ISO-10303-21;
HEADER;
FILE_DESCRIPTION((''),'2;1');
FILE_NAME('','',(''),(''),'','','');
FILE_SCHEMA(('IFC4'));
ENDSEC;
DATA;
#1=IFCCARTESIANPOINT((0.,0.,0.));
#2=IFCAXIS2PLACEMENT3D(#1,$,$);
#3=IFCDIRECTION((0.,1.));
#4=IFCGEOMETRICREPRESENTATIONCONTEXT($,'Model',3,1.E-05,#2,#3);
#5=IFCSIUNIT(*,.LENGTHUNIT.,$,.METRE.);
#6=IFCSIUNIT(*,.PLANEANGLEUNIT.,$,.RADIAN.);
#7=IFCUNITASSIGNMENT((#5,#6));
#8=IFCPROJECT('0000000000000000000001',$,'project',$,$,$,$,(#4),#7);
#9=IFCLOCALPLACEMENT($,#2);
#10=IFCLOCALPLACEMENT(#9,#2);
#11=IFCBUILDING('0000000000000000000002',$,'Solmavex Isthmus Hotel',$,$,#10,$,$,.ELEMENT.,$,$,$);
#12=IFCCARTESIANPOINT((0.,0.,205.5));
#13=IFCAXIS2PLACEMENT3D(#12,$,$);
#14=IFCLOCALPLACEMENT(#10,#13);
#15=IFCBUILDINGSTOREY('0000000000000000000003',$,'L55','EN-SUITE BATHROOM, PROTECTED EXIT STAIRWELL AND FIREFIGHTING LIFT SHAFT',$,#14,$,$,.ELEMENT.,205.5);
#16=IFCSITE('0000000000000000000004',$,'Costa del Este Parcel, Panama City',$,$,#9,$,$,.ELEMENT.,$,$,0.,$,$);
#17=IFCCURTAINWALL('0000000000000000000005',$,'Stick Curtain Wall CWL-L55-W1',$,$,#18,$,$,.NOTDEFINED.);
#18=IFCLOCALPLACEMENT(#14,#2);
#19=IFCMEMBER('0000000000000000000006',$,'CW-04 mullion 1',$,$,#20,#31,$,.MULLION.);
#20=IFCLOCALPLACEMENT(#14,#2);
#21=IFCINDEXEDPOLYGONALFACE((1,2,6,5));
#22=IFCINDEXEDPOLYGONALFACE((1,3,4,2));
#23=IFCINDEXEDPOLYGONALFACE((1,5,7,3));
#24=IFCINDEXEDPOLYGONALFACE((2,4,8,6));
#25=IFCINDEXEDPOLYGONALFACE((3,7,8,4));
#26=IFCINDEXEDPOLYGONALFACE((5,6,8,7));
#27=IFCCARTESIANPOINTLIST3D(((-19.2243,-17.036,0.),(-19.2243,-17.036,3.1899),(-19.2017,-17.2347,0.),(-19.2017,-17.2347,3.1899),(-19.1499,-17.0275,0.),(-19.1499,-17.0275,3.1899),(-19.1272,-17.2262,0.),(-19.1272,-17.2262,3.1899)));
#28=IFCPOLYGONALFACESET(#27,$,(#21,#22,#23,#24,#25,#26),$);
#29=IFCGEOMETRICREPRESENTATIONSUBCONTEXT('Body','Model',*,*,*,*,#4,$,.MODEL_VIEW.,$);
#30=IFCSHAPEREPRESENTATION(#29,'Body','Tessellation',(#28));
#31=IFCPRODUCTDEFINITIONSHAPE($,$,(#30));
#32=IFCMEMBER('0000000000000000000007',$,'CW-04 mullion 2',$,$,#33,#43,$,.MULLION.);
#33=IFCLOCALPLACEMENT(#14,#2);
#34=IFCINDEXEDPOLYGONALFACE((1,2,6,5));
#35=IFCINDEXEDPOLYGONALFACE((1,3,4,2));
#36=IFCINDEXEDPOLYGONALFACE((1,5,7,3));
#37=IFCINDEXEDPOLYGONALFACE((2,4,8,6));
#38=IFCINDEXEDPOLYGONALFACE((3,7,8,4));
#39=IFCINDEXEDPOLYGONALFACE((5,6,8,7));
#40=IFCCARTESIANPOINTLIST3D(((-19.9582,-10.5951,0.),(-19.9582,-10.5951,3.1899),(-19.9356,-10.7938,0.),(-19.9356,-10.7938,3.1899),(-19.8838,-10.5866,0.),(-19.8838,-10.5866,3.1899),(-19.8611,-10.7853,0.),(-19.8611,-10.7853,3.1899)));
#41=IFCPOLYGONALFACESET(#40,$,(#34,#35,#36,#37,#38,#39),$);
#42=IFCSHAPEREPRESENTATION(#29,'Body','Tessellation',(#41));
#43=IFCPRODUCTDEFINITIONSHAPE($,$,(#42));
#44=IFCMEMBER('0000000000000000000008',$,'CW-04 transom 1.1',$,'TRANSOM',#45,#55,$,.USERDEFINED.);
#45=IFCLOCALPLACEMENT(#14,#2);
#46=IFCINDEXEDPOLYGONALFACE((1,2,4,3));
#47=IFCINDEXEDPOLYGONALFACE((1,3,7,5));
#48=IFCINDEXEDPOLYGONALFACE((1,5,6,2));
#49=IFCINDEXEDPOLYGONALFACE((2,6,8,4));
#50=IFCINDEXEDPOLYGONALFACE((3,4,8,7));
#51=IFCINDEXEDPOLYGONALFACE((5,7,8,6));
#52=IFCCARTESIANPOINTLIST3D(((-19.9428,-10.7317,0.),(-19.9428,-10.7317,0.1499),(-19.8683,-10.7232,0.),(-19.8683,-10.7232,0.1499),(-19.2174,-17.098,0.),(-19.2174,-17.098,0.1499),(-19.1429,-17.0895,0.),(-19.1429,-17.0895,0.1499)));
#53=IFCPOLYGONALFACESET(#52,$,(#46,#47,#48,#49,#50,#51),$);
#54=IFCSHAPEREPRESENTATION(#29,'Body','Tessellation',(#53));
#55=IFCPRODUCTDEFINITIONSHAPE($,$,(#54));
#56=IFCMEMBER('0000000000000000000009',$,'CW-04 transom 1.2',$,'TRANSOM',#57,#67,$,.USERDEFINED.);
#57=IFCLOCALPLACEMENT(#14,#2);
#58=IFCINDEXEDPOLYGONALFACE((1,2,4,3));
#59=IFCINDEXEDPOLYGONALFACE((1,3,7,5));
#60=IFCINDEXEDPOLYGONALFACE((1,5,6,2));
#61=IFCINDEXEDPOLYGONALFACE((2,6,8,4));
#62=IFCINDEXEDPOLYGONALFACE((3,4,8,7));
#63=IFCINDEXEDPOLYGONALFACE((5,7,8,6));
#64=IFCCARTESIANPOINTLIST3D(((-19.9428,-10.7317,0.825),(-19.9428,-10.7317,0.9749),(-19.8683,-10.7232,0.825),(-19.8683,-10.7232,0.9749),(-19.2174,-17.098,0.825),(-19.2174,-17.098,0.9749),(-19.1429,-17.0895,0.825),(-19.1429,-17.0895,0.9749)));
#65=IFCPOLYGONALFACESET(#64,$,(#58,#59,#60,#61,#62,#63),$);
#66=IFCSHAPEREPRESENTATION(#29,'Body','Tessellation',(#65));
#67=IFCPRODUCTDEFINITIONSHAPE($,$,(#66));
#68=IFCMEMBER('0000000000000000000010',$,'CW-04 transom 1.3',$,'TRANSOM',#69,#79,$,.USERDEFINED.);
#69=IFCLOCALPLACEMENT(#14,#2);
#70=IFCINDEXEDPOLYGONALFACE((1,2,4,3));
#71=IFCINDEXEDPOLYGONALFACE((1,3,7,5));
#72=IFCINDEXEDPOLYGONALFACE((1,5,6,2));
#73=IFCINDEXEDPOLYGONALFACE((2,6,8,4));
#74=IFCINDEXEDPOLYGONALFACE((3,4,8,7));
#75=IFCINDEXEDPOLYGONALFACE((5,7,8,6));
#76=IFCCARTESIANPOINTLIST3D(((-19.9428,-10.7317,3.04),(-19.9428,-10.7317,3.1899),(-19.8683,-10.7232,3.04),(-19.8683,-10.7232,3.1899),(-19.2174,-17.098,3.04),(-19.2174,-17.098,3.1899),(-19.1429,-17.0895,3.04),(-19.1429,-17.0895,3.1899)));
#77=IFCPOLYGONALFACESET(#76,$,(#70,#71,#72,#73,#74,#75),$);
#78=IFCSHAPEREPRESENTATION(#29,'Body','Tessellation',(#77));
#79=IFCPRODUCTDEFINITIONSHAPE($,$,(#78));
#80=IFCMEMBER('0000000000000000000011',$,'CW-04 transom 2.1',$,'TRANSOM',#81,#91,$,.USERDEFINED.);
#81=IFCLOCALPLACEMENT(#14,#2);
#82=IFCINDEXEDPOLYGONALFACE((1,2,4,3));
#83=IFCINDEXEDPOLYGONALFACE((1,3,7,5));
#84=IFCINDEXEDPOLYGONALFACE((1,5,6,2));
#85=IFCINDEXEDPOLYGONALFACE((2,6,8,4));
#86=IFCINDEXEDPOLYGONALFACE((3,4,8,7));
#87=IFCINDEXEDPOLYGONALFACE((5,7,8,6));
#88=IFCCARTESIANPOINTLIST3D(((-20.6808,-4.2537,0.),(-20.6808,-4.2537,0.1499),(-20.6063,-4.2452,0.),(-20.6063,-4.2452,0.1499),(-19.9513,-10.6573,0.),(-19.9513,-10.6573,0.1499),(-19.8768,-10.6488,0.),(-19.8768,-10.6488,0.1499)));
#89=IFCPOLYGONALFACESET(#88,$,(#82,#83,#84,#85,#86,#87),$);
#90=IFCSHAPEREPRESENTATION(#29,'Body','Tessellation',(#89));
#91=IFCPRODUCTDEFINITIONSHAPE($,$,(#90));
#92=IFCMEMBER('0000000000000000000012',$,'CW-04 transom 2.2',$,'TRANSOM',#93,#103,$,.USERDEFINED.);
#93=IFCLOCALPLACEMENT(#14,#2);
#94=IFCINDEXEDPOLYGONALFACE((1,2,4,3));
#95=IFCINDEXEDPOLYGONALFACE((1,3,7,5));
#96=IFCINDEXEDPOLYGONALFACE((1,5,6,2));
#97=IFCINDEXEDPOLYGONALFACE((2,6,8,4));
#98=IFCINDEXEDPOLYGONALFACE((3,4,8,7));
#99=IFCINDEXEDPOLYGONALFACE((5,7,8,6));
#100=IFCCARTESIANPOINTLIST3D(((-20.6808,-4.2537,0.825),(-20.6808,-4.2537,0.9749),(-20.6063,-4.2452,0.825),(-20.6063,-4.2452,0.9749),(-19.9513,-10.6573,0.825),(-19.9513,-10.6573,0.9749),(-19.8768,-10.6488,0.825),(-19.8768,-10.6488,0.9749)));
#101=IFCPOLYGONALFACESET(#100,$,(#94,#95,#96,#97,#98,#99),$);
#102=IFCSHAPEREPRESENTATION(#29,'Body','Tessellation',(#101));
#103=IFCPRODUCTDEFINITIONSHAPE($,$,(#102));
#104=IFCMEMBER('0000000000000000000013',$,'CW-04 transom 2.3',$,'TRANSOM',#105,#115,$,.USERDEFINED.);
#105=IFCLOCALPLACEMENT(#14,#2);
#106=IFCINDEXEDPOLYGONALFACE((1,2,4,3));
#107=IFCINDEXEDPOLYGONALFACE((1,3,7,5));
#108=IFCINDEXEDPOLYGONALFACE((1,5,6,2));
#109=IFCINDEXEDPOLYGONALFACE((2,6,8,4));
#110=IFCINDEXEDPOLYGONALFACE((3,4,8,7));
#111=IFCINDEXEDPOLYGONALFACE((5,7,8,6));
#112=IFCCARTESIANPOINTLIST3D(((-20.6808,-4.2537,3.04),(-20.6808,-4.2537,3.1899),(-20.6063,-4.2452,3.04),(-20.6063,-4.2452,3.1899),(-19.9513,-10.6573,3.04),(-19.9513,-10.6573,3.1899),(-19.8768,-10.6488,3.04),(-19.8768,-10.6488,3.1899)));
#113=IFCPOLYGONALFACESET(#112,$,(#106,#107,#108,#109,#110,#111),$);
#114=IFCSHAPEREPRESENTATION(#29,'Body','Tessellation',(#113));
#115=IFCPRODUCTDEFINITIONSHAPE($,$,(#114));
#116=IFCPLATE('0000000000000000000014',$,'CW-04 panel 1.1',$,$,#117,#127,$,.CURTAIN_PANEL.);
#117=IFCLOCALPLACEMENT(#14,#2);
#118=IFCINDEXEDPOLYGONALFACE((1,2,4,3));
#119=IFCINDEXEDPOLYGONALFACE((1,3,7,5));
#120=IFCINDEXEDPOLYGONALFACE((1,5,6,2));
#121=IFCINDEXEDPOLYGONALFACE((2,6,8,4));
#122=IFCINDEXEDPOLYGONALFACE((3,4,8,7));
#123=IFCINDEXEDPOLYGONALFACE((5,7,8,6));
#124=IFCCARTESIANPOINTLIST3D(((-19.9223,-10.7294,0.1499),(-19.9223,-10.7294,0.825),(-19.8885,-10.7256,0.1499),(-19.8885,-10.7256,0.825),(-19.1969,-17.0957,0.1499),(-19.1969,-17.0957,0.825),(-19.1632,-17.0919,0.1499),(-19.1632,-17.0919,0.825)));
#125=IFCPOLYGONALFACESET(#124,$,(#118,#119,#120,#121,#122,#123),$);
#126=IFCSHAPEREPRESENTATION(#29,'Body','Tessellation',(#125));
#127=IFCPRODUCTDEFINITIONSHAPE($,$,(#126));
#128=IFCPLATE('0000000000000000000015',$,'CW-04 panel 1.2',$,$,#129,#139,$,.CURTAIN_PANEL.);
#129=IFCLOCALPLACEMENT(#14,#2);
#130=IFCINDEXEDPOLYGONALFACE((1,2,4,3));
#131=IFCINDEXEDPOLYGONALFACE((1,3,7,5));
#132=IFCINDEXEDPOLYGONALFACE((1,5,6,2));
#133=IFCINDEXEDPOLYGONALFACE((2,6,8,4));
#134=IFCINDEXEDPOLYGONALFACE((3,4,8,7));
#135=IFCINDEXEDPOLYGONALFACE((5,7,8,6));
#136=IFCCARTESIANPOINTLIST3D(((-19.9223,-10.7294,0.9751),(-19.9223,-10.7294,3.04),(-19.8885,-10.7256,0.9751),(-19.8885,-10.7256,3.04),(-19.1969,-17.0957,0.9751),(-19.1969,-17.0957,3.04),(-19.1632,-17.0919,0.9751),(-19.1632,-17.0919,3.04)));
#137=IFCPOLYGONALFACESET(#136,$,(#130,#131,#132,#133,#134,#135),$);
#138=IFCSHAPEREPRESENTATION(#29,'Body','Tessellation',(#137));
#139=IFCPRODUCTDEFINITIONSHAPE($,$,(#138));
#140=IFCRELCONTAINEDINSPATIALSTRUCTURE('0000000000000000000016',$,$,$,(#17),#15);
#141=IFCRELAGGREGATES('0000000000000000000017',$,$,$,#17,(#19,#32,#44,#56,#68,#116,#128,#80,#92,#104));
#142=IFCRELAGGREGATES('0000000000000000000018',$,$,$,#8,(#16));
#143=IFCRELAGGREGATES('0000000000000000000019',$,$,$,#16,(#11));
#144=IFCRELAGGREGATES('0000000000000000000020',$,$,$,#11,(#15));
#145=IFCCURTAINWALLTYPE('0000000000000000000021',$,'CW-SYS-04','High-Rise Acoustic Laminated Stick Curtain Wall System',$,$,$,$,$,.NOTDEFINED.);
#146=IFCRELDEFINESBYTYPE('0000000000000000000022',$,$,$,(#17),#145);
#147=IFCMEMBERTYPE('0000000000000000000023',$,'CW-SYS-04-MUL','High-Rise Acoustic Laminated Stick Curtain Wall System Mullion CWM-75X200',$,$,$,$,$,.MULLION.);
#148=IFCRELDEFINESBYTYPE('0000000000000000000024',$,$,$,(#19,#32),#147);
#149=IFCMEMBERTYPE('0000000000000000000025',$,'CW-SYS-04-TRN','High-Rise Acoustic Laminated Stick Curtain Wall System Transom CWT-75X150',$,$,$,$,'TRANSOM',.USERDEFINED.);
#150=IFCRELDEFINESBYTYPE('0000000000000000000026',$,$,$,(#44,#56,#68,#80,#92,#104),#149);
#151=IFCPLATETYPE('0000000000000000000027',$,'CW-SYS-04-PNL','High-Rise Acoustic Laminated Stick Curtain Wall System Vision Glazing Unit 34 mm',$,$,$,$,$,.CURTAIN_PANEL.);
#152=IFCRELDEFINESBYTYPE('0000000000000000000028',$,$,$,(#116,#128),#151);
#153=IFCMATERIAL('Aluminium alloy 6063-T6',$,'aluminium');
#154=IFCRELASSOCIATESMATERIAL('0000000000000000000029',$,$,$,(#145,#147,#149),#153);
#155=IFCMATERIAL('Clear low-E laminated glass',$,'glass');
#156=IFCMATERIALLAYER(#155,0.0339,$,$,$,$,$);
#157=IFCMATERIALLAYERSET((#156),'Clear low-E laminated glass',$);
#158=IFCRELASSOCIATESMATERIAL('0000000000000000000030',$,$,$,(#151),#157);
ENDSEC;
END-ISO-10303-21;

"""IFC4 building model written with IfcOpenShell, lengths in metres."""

from ifc_helpers import new_model, si_unit, direction, frame, origin, origin_2d, place, context, subcontext, project, spatial, rectangle, extrude, material, layer, layer_set, material_profile, profile_set, type_object, element, aggregate, save


model = new_model("IFC4")

# Units and contexts
model_context = context("Model", 3, precision=1e-05, world=origin(), true_north=direction((0.0, 1.0)))
body_context = subcontext(model_context, "Body", "Model", "MODEL_VIEW")
ifc_project = project(units=[si_unit("LENGTHUNIT", "METRE"), si_unit("PLANEANGLEUNIT", "RADIAN")], contexts=[model_context])

# Site, building, storey
site_placement = place(None, origin())
site = spatial("IfcSite", under=ifc_project, at=site_placement, Name="Costa del Este Parcel, Panama City", CompositionType="ELEMENT", RefElevation=0.0)
building_placement = place(site_placement, origin())
building = spatial("IfcBuilding", under=site, at=building_placement, Name="Solmavex Isthmus Hotel", CompositionType="ELEMENT")
storey_placement = place(building_placement, frame((0.0, 0.0, 205.5)))
storey = spatial("IfcBuildingStorey", under=building, at=storey_placement, Name="L55", Description="EN-SUITE BATHROOM, PROTECTED EXIT STAIRWELL AND FIREFIGHTING LIFT SHAFT", CompositionType="ELEMENT", Elevation=205.5)

# Curtain wall, members, plates
ifc_material_1 = material(Name="Aluminium alloy 6063-T6", Category="aluminium")
curtain_wall_type = type_object("IfcCurtainWallType", Name="CW-SYS-04", Description="High-Rise Acoustic Laminated Stick Curtain Wall System", PredefinedType="NOTDEFINED", material=ifc_material_1)
curtain_wall_placement = place(storey_placement, origin())
curtain_wall = element("IfcCurtainWall", 1, at=curtain_wall_placement, inside=storey, type_object=curtain_wall_type, Name="Stick Curtain Wall CWL-L55-W1", PredefinedType="NOTDEFINED")
ifc_material_profile_1 = material_profile(ifc_material_1, rectangle(XDim=0.075, YDim=0.2, at=origin_2d()), Name="CWM-75X200")
ifc_profile_set_1 = profile_set([ifc_material_profile_1], Name="Aluminium alloy 6063-T6")
member_type_1 = type_object("IfcMemberType", Name="CW-SYS-04-MUL", Description="High-Rise Acoustic Laminated Stick Curtain Wall System Mullion CWM-75X200", PredefinedType="MULLION", material=ifc_profile_set_1)
member_1_placement = place(storey_placement, frame((-19.1758, -17.1311, 0.0), z_axis=(0.0, 0.0, 1.0), x_axis=(-0.993572, -0.113203, 0.0)))
member_1 = element("IfcMember", 2, at=member_1_placement, type_object=member_type_1, Name="CW-04 mullion 1", PredefinedType="MULLION", context=body_context, shape_type="SweptSolid", body=[
    extrude(rectangle(XDim=0.075, YDim=0.2, at=origin_2d()), origin(), (0.0, 0.0, 1.0), 3.1899),
])
member_2_placement = place(storey_placement, frame((-19.9097, -10.6902, 0.0), z_axis=(0.0, 0.0, 1.0), x_axis=(-0.993572, -0.113203, 0.0)))
member_2 = element("IfcMember", 3, at=member_2_placement, type_object=member_type_1, Name="CW-04 mullion 2", PredefinedType="MULLION", context=body_context, shape_type="SweptSolid", body=[
    extrude(rectangle(XDim=0.075, YDim=0.2, at=origin_2d()), origin(), (0.0, 0.0, 1.0), 3.1899),
])
ifc_material_profile_2 = material_profile(ifc_material_1, rectangle(XDim=0.075, YDim=0.1499, at=origin_2d()), Name="CWT-75X150")
ifc_profile_set_2 = profile_set([ifc_material_profile_2], Name="Aluminium alloy 6063-T6")
member_type_2 = type_object("IfcMemberType", Name="CW-SYS-04-TRN", Description="High-Rise Acoustic Laminated Stick Curtain Wall System Transom CWT-75X150", ElementType="TRANSOM", PredefinedType="USERDEFINED", material=ifc_profile_set_2)
member_3_placement = place(storey_placement, frame((-19.1802, -17.0938, 0.075), z_axis=(-0.113204, 0.993572, 0.0), x_axis=(-0.993572, -0.113204, 0.0)))
member_3 = element("IfcMember", 4, at=member_3_placement, type_object=member_type_2, Name="CW-04 transom 1.1", ObjectType="TRANSOM", PredefinedType="USERDEFINED", context=body_context, shape_type="SweptSolid", body=[
    extrude(rectangle(XDim=0.075, YDim=0.1499, at=origin_2d()), origin(), (0.0, 0.0, 1.0), 6.4075),
])
member_4_placement = place(storey_placement, frame((-19.1802, -17.0938, 0.8999), z_axis=(-0.113204, 0.993572, 0.0), x_axis=(-0.993572, -0.113204, 0.0)))
member_4 = element("IfcMember", 5, at=member_4_placement, type_object=member_type_2, Name="CW-04 transom 1.2", ObjectType="TRANSOM", PredefinedType="USERDEFINED", context=body_context, shape_type="SweptSolid", body=[
    extrude(rectangle(XDim=0.075, YDim=0.1499, at=origin_2d()), origin(), (0.0, 0.0, 1.0), 6.4075),
])
member_5_placement = place(storey_placement, frame((-19.1802, -17.0938, 3.115), z_axis=(-0.113204, 0.993572, 0.0), x_axis=(-0.993572, -0.113204, 0.0)))
member_5 = element("IfcMember", 6, at=member_5_placement, type_object=member_type_2, Name="CW-04 transom 1.3", ObjectType="TRANSOM", PredefinedType="USERDEFINED", context=body_context, shape_type="SweptSolid", body=[
    extrude(rectangle(XDim=0.075, YDim=0.1499, at=origin_2d()), origin(), (0.0, 0.0, 1.0), 6.4075),
])
member_6_placement = place(storey_placement, frame((-19.9141, -10.6531, 0.075), z_axis=(-0.113188, 0.993574, 0.0), x_axis=(-0.993574, -0.113188, 0.0)))
member_6 = element("IfcMember", 7, at=member_6_placement, type_object=member_type_2, Name="CW-04 transom 2.1", ObjectType="TRANSOM", PredefinedType="USERDEFINED", context=body_context, shape_type="SweptSolid", body=[
    extrude(rectangle(XDim=0.075, YDim=0.1499, at=origin_2d()), origin(), (0.0, 0.0, 1.0), 6.4451),
])
member_7_placement = place(storey_placement, frame((-19.9141, -10.6531, 0.8999), z_axis=(-0.113188, 0.993574, 0.0), x_axis=(-0.993574, -0.113188, 0.0)))
member_7 = element("IfcMember", 8, at=member_7_placement, type_object=member_type_2, Name="CW-04 transom 2.2", ObjectType="TRANSOM", PredefinedType="USERDEFINED", context=body_context, shape_type="SweptSolid", body=[
    extrude(rectangle(XDim=0.075, YDim=0.1499, at=origin_2d()), origin(), (0.0, 0.0, 1.0), 6.4451),
])
member_8_placement = place(storey_placement, frame((-19.9141, -10.6531, 3.115), z_axis=(-0.113188, 0.993574, 0.0), x_axis=(-0.993574, -0.113188, 0.0)))
member_8 = element("IfcMember", 9, at=member_8_placement, type_object=member_type_2, Name="CW-04 transom 2.3", ObjectType="TRANSOM", PredefinedType="USERDEFINED", context=body_context, shape_type="SweptSolid", body=[
    extrude(rectangle(XDim=0.075, YDim=0.1499, at=origin_2d()), origin(), (0.0, 0.0, 1.0), 6.4451),
])
ifc_material_2 = material(Name="Clear low-E laminated glass", Category="glass")
ifc_layer_1 = layer(ifc_material_2, 0.0339)
ifc_layer_set_1 = layer_set([ifc_layer_1], Name="Clear low-E laminated glass")
plate_type = type_object("IfcPlateType", Name="CW-SYS-04-PNL", Description="High-Rise Acoustic Laminated Stick Curtain Wall System Vision Glazing Unit 34 mm", PredefinedType="CURTAIN_PANEL", material=ifc_layer_set_1)
plate_1_placement = place(storey_placement, frame((-19.5427, -13.9106, 0.1499), z_axis=(0.0, 0.0, 1.0), x_axis=(-0.113203, 0.993572, 0.0)))
plate_1 = element("IfcPlate", 10, at=plate_1_placement, type_object=plate_type, Name="CW-04 panel 1.1", PredefinedType="CURTAIN_PANEL", context=body_context, shape_type="SweptSolid", body=[
    extrude(rectangle(XDim=6.4075, YDim=0.0339, at=origin_2d()), origin(), (0.0, 0.0, 1.0), 0.675),
])
plate_2_placement = place(storey_placement, frame((-19.5427, -13.9106, 0.9751), z_axis=(0.0, 0.0, 1.0), x_axis=(-0.113203, 0.993572, 0.0)))
plate_2 = element("IfcPlate", 11, at=plate_2_placement, type_object=plate_type, Name="CW-04 panel 1.2", PredefinedType="CURTAIN_PANEL", context=body_context, shape_type="SweptSolid", body=[
    extrude(rectangle(XDim=6.4075, YDim=0.0339, at=origin_2d()), origin(), (0.0, 0.0, 1.0), 2.0649),
])
aggregate(curtain_wall, [member_1, member_2, member_3, member_4, member_5, plate_1, plate_2, member_6, member_7, member_8])

save(model, "model.ifc")
